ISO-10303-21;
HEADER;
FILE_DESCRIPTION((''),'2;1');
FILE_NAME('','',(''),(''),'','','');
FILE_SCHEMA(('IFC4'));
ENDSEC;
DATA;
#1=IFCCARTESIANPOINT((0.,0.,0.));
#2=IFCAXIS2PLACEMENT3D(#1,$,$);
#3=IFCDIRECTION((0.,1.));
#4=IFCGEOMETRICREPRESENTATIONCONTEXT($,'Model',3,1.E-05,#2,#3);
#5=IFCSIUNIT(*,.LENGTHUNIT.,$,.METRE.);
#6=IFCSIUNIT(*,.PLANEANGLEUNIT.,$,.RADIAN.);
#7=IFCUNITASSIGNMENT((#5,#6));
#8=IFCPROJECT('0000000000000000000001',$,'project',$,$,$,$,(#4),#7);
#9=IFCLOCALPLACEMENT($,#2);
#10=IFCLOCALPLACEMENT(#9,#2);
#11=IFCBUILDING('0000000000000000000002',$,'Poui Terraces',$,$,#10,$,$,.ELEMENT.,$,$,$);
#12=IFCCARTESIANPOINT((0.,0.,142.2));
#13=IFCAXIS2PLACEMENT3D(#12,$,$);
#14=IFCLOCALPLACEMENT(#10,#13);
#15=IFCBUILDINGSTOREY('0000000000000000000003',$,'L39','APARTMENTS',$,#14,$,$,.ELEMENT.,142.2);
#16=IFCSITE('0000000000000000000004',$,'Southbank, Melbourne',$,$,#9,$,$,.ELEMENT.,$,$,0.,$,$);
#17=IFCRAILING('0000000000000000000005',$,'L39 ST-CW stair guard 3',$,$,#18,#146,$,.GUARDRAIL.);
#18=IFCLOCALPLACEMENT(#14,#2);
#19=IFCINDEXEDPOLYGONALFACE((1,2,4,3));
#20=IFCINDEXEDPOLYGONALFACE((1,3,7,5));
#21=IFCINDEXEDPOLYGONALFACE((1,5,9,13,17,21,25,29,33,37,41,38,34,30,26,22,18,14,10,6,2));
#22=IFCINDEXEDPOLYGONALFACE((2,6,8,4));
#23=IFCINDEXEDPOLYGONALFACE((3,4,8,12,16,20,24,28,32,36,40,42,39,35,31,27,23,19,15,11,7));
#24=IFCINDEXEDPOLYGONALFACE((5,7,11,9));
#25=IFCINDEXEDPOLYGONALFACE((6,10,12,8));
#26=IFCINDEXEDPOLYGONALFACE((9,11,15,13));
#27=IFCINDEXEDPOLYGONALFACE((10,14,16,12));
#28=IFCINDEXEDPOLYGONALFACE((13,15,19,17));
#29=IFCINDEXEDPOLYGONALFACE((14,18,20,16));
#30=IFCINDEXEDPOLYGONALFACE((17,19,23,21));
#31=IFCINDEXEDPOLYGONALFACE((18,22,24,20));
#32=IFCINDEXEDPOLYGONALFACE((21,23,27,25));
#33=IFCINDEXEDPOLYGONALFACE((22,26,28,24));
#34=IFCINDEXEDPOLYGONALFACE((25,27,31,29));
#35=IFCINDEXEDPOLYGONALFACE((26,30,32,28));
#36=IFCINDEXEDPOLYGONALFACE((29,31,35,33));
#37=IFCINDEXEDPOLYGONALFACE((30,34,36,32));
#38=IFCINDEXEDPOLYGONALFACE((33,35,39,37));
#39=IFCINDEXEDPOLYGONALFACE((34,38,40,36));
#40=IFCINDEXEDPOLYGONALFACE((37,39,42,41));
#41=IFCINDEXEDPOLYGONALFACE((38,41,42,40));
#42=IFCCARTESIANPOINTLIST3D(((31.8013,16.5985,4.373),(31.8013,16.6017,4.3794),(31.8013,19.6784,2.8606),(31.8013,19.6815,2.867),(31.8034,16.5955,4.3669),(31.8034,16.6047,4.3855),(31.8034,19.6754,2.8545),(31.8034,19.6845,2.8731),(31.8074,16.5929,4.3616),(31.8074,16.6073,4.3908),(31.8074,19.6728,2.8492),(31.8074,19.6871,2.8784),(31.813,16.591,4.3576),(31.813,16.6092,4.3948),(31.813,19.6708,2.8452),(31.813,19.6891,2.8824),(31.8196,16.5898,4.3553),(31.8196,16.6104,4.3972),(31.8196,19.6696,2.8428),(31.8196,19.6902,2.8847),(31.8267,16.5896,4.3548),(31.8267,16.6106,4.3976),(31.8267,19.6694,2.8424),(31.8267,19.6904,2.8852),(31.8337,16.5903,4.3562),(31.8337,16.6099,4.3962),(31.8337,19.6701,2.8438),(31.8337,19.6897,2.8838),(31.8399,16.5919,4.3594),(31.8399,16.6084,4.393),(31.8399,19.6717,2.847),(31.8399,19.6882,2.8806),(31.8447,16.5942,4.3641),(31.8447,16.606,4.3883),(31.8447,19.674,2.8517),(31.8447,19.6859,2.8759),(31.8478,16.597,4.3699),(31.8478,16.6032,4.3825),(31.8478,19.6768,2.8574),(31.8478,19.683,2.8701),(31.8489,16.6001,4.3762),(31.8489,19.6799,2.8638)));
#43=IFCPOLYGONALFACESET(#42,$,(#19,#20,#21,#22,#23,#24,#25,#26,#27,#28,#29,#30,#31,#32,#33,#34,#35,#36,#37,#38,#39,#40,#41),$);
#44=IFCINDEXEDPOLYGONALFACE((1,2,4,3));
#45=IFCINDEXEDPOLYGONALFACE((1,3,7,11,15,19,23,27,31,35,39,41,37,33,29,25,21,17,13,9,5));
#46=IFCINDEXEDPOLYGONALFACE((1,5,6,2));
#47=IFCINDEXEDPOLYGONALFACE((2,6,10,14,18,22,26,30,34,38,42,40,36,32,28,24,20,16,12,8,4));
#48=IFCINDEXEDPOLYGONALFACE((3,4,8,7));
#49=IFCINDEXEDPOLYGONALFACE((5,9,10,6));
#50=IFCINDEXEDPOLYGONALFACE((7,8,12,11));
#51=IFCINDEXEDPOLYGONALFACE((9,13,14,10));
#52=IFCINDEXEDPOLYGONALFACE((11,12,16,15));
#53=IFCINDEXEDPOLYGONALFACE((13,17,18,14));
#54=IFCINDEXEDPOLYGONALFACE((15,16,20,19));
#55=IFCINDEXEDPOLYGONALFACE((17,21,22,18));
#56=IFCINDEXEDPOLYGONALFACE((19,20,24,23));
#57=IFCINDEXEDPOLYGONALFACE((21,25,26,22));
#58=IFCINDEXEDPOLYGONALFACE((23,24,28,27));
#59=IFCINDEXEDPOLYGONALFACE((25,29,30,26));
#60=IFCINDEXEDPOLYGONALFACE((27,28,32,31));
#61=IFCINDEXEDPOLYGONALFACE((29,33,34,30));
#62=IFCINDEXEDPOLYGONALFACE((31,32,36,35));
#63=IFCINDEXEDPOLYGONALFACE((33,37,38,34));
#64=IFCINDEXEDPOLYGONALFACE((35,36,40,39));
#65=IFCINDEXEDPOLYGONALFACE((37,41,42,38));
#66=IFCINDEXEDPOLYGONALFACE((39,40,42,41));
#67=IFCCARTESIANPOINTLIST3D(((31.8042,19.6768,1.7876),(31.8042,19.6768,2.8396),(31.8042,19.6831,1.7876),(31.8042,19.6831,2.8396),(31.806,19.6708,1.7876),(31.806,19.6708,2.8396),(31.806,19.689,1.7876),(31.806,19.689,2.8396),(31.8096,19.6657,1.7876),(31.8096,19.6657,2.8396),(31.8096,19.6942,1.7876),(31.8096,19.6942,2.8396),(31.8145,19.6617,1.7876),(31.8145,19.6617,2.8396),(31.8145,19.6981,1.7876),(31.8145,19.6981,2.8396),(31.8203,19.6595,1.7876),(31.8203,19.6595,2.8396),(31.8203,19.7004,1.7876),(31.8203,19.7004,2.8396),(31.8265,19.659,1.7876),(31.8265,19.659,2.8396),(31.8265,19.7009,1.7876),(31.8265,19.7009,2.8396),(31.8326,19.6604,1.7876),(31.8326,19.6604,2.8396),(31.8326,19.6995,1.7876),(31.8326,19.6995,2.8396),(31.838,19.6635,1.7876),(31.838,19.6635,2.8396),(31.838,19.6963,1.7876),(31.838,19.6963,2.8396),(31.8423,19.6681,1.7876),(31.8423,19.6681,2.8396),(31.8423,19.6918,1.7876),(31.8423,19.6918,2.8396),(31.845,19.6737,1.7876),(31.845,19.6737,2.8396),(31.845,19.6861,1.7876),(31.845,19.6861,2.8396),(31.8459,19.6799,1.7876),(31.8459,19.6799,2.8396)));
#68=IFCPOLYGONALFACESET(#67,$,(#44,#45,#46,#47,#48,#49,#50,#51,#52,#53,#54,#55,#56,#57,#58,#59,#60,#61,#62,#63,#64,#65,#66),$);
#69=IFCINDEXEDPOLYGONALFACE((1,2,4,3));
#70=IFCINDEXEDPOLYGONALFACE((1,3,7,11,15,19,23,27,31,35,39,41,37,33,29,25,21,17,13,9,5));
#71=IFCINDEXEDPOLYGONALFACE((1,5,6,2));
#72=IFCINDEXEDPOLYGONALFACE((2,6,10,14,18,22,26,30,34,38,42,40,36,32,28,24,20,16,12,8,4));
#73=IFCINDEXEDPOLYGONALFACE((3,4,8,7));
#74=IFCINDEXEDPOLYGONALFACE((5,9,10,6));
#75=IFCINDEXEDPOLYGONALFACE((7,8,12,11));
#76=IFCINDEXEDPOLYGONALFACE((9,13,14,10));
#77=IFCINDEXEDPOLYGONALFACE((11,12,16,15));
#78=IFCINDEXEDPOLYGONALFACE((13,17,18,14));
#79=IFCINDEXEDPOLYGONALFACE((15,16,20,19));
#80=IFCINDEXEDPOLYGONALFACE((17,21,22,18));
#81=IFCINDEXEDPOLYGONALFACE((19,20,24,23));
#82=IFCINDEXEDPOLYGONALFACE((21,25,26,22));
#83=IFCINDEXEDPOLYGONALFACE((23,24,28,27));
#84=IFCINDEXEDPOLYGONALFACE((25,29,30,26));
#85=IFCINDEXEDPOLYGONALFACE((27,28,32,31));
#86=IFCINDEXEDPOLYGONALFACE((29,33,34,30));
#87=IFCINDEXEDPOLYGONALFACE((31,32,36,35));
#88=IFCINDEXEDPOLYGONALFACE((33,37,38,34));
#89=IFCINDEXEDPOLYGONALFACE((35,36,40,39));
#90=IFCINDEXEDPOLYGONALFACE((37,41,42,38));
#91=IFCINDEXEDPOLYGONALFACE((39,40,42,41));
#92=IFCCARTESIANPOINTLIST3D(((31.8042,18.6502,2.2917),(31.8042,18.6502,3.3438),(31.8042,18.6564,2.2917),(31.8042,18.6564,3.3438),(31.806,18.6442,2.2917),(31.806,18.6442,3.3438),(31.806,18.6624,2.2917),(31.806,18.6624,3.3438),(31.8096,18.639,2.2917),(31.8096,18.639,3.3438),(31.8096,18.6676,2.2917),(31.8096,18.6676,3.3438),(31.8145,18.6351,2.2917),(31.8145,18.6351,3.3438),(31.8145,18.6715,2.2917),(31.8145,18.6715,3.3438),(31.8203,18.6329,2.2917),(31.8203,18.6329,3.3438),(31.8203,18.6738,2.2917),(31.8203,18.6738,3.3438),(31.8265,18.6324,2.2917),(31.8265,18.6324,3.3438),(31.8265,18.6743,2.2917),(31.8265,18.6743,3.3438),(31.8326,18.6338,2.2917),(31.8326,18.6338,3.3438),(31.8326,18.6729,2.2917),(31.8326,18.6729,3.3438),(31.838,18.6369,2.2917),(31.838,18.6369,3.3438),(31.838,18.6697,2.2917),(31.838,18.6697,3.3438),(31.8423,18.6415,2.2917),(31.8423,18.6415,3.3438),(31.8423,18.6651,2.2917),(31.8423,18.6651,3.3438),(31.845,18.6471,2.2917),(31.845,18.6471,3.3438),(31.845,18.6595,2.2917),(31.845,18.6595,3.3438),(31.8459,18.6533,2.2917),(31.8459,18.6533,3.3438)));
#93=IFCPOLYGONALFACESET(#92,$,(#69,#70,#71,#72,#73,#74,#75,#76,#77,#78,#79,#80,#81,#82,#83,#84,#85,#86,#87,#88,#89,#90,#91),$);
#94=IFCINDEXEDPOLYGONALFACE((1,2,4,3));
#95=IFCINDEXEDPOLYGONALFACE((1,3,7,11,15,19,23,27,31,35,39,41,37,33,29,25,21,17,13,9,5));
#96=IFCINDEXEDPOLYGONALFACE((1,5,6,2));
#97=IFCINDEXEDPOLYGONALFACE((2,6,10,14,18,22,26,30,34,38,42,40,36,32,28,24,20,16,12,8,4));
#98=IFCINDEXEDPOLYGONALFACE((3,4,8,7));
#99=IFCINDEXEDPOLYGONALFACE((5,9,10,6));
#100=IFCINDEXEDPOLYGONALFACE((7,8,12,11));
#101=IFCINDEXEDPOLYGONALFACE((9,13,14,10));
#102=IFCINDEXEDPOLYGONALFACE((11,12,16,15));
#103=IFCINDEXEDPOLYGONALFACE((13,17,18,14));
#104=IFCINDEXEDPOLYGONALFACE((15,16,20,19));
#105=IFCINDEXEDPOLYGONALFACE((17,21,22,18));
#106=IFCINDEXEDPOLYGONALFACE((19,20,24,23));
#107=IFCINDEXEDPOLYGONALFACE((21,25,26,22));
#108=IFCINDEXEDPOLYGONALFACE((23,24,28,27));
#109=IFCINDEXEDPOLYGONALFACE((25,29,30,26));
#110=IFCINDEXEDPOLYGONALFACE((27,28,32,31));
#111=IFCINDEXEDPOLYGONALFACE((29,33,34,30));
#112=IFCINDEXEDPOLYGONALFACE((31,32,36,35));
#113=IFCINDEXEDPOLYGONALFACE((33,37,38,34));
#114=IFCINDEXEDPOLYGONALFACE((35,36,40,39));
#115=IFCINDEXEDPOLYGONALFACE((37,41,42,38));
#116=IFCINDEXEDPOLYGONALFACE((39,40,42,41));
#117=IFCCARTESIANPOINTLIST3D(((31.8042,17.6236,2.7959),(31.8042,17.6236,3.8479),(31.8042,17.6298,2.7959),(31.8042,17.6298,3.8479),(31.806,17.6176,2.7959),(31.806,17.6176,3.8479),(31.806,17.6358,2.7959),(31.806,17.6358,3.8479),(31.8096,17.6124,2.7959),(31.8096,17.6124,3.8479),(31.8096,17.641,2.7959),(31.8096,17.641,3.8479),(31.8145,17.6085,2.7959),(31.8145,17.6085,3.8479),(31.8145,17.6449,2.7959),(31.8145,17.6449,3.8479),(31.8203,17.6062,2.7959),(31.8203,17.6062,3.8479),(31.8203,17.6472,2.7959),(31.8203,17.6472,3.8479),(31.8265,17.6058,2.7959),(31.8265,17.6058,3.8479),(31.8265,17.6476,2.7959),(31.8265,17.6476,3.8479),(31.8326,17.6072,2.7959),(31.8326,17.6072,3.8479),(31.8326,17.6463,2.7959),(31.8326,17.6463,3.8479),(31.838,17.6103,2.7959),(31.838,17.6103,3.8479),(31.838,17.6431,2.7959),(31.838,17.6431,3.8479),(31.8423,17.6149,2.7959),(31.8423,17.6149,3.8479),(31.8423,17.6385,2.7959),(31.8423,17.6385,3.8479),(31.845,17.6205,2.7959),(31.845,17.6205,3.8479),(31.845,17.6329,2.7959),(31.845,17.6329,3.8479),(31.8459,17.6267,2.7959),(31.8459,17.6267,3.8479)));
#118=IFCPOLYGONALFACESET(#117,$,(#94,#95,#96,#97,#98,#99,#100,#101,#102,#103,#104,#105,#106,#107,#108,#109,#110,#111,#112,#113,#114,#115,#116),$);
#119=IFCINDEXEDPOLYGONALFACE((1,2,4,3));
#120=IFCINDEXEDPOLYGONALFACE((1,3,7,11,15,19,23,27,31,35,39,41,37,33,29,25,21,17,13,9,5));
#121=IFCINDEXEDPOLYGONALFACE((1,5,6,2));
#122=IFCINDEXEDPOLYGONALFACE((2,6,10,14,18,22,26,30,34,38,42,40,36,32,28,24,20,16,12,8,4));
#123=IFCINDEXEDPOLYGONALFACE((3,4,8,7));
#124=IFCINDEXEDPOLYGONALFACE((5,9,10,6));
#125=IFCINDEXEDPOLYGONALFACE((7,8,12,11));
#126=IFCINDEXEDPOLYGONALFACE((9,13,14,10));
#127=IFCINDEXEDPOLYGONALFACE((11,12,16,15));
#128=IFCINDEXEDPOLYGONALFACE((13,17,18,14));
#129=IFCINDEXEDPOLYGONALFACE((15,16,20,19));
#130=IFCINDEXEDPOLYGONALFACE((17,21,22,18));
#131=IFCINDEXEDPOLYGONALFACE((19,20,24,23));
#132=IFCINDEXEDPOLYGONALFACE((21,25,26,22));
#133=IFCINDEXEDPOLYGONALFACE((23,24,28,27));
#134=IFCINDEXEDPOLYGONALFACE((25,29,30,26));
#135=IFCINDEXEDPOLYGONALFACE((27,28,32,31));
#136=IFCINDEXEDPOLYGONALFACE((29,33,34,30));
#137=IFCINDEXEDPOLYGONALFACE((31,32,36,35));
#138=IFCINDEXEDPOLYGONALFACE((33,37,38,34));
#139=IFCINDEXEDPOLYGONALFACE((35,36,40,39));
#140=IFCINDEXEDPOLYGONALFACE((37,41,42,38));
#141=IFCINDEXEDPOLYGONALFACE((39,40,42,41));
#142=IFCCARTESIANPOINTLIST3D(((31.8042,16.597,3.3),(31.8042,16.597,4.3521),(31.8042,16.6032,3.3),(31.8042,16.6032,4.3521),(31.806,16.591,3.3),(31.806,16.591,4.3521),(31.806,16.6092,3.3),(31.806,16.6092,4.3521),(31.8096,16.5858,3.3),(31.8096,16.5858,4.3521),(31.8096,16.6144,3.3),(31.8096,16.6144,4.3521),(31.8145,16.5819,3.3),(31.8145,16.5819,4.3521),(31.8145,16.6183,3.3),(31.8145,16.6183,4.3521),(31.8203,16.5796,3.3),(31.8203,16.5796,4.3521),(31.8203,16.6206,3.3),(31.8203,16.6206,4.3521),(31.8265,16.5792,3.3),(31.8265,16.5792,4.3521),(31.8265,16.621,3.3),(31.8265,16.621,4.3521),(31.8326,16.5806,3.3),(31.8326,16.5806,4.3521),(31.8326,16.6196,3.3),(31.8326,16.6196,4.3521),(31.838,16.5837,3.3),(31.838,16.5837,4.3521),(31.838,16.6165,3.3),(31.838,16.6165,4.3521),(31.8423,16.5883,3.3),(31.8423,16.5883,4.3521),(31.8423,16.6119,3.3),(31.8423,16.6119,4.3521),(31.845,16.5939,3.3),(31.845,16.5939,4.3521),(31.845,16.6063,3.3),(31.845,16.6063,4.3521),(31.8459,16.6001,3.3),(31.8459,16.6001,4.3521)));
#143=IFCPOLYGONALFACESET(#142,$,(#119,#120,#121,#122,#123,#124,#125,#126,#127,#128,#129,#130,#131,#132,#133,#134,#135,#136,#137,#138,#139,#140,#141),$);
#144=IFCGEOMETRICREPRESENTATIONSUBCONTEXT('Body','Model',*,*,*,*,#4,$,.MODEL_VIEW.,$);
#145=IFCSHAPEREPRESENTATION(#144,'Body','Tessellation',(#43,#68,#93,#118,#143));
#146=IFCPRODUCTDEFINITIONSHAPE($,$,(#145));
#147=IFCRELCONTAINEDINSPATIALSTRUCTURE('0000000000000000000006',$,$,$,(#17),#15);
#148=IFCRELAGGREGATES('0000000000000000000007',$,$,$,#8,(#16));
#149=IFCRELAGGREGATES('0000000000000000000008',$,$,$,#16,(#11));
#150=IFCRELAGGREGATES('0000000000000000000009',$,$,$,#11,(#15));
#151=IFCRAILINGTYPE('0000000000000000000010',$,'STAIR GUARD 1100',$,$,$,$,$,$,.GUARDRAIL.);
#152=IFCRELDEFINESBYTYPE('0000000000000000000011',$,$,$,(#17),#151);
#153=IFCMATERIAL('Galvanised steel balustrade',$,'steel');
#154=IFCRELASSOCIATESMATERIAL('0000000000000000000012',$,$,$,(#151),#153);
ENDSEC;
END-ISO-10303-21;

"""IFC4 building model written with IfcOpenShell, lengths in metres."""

from ifc_helpers import new_model, si_unit, direction, frame, origin, origin_2d, place, context, subcontext, project, spatial, circle, extrude, material, type_object, element, save


model = new_model("IFC4")

# Units and contexts
model_context = context("Model", 3, precision=1e-05, world=origin(), true_north=direction((0.0, 1.0)))
body_context = subcontext(model_context, "Body", "Model", "MODEL_VIEW")
ifc_project = project(units=[si_unit("LENGTHUNIT", "METRE"), si_unit("PLANEANGLEUNIT", "RADIAN")], contexts=[model_context])

# Site, building, storey
site_placement = place(None, origin())
site = spatial("IfcSite", under=ifc_project, at=site_placement, Name="Southbank, Melbourne", CompositionType="ELEMENT", RefElevation=0.0)
building_placement = place(site_placement, origin())
building = spatial("IfcBuilding", under=site, at=building_placement, Name="Poui Terraces", CompositionType="ELEMENT")
storey_placement = place(building_placement, frame((0.0, 0.0, 142.2)))
storey = spatial("IfcBuildingStorey", under=building, at=storey_placement, Name="L39", Description="APARTMENTS", CompositionType="ELEMENT", Elevation=142.2)

# Railing
ifc_material_1 = material(Name="Galvanised steel balustrade", Category="steel")
railing_type_1 = type_object("IfcRailingType", Name="STAIR GUARD 1100", PredefinedType="GUARDRAIL", material=ifc_material_1)
railing_1_placement = place(storey_placement, frame((31.825, 19.6799, 1.7876)))
element("IfcRailing", 1, at=railing_1_placement, inside=storey, type_object=railing_type_1, Name="L39 ST-CW stair guard 3", PredefinedType="GUARDRAIL", context=body_context, shape_type="SweptSolid", body=[
    extrude(circle(Radius=0.0239, at=origin_2d()), frame((0.0, 0.0, 1.0762), z_axis=(0.0, -0.897606, 0.440798), x_axis=(1.0, 0.0, 0.0)), (0.0, 0.0, 1.0), 3.4312),
    extrude(circle(Radius=0.021, at=origin_2d()), origin(), (0.0, 0.0, 1.0), 1.052),
    extrude(circle(Radius=0.021, at=origin_2d()), frame((0.0, -1.0266, 0.5042)), (0.0, 0.0, 1.0), 1.052),
    extrude(circle(Radius=0.021, at=origin_2d()), frame((0.0, -2.0532, 1.0083)), (0.0, 0.0, 1.0), 1.052),
    extrude(circle(Radius=0.021, at=origin_2d()), frame((0.0, -3.0798, 1.5125)), (0.0, 0.0, 1.0), 1.052),
])

save(model, "model.ifc")
